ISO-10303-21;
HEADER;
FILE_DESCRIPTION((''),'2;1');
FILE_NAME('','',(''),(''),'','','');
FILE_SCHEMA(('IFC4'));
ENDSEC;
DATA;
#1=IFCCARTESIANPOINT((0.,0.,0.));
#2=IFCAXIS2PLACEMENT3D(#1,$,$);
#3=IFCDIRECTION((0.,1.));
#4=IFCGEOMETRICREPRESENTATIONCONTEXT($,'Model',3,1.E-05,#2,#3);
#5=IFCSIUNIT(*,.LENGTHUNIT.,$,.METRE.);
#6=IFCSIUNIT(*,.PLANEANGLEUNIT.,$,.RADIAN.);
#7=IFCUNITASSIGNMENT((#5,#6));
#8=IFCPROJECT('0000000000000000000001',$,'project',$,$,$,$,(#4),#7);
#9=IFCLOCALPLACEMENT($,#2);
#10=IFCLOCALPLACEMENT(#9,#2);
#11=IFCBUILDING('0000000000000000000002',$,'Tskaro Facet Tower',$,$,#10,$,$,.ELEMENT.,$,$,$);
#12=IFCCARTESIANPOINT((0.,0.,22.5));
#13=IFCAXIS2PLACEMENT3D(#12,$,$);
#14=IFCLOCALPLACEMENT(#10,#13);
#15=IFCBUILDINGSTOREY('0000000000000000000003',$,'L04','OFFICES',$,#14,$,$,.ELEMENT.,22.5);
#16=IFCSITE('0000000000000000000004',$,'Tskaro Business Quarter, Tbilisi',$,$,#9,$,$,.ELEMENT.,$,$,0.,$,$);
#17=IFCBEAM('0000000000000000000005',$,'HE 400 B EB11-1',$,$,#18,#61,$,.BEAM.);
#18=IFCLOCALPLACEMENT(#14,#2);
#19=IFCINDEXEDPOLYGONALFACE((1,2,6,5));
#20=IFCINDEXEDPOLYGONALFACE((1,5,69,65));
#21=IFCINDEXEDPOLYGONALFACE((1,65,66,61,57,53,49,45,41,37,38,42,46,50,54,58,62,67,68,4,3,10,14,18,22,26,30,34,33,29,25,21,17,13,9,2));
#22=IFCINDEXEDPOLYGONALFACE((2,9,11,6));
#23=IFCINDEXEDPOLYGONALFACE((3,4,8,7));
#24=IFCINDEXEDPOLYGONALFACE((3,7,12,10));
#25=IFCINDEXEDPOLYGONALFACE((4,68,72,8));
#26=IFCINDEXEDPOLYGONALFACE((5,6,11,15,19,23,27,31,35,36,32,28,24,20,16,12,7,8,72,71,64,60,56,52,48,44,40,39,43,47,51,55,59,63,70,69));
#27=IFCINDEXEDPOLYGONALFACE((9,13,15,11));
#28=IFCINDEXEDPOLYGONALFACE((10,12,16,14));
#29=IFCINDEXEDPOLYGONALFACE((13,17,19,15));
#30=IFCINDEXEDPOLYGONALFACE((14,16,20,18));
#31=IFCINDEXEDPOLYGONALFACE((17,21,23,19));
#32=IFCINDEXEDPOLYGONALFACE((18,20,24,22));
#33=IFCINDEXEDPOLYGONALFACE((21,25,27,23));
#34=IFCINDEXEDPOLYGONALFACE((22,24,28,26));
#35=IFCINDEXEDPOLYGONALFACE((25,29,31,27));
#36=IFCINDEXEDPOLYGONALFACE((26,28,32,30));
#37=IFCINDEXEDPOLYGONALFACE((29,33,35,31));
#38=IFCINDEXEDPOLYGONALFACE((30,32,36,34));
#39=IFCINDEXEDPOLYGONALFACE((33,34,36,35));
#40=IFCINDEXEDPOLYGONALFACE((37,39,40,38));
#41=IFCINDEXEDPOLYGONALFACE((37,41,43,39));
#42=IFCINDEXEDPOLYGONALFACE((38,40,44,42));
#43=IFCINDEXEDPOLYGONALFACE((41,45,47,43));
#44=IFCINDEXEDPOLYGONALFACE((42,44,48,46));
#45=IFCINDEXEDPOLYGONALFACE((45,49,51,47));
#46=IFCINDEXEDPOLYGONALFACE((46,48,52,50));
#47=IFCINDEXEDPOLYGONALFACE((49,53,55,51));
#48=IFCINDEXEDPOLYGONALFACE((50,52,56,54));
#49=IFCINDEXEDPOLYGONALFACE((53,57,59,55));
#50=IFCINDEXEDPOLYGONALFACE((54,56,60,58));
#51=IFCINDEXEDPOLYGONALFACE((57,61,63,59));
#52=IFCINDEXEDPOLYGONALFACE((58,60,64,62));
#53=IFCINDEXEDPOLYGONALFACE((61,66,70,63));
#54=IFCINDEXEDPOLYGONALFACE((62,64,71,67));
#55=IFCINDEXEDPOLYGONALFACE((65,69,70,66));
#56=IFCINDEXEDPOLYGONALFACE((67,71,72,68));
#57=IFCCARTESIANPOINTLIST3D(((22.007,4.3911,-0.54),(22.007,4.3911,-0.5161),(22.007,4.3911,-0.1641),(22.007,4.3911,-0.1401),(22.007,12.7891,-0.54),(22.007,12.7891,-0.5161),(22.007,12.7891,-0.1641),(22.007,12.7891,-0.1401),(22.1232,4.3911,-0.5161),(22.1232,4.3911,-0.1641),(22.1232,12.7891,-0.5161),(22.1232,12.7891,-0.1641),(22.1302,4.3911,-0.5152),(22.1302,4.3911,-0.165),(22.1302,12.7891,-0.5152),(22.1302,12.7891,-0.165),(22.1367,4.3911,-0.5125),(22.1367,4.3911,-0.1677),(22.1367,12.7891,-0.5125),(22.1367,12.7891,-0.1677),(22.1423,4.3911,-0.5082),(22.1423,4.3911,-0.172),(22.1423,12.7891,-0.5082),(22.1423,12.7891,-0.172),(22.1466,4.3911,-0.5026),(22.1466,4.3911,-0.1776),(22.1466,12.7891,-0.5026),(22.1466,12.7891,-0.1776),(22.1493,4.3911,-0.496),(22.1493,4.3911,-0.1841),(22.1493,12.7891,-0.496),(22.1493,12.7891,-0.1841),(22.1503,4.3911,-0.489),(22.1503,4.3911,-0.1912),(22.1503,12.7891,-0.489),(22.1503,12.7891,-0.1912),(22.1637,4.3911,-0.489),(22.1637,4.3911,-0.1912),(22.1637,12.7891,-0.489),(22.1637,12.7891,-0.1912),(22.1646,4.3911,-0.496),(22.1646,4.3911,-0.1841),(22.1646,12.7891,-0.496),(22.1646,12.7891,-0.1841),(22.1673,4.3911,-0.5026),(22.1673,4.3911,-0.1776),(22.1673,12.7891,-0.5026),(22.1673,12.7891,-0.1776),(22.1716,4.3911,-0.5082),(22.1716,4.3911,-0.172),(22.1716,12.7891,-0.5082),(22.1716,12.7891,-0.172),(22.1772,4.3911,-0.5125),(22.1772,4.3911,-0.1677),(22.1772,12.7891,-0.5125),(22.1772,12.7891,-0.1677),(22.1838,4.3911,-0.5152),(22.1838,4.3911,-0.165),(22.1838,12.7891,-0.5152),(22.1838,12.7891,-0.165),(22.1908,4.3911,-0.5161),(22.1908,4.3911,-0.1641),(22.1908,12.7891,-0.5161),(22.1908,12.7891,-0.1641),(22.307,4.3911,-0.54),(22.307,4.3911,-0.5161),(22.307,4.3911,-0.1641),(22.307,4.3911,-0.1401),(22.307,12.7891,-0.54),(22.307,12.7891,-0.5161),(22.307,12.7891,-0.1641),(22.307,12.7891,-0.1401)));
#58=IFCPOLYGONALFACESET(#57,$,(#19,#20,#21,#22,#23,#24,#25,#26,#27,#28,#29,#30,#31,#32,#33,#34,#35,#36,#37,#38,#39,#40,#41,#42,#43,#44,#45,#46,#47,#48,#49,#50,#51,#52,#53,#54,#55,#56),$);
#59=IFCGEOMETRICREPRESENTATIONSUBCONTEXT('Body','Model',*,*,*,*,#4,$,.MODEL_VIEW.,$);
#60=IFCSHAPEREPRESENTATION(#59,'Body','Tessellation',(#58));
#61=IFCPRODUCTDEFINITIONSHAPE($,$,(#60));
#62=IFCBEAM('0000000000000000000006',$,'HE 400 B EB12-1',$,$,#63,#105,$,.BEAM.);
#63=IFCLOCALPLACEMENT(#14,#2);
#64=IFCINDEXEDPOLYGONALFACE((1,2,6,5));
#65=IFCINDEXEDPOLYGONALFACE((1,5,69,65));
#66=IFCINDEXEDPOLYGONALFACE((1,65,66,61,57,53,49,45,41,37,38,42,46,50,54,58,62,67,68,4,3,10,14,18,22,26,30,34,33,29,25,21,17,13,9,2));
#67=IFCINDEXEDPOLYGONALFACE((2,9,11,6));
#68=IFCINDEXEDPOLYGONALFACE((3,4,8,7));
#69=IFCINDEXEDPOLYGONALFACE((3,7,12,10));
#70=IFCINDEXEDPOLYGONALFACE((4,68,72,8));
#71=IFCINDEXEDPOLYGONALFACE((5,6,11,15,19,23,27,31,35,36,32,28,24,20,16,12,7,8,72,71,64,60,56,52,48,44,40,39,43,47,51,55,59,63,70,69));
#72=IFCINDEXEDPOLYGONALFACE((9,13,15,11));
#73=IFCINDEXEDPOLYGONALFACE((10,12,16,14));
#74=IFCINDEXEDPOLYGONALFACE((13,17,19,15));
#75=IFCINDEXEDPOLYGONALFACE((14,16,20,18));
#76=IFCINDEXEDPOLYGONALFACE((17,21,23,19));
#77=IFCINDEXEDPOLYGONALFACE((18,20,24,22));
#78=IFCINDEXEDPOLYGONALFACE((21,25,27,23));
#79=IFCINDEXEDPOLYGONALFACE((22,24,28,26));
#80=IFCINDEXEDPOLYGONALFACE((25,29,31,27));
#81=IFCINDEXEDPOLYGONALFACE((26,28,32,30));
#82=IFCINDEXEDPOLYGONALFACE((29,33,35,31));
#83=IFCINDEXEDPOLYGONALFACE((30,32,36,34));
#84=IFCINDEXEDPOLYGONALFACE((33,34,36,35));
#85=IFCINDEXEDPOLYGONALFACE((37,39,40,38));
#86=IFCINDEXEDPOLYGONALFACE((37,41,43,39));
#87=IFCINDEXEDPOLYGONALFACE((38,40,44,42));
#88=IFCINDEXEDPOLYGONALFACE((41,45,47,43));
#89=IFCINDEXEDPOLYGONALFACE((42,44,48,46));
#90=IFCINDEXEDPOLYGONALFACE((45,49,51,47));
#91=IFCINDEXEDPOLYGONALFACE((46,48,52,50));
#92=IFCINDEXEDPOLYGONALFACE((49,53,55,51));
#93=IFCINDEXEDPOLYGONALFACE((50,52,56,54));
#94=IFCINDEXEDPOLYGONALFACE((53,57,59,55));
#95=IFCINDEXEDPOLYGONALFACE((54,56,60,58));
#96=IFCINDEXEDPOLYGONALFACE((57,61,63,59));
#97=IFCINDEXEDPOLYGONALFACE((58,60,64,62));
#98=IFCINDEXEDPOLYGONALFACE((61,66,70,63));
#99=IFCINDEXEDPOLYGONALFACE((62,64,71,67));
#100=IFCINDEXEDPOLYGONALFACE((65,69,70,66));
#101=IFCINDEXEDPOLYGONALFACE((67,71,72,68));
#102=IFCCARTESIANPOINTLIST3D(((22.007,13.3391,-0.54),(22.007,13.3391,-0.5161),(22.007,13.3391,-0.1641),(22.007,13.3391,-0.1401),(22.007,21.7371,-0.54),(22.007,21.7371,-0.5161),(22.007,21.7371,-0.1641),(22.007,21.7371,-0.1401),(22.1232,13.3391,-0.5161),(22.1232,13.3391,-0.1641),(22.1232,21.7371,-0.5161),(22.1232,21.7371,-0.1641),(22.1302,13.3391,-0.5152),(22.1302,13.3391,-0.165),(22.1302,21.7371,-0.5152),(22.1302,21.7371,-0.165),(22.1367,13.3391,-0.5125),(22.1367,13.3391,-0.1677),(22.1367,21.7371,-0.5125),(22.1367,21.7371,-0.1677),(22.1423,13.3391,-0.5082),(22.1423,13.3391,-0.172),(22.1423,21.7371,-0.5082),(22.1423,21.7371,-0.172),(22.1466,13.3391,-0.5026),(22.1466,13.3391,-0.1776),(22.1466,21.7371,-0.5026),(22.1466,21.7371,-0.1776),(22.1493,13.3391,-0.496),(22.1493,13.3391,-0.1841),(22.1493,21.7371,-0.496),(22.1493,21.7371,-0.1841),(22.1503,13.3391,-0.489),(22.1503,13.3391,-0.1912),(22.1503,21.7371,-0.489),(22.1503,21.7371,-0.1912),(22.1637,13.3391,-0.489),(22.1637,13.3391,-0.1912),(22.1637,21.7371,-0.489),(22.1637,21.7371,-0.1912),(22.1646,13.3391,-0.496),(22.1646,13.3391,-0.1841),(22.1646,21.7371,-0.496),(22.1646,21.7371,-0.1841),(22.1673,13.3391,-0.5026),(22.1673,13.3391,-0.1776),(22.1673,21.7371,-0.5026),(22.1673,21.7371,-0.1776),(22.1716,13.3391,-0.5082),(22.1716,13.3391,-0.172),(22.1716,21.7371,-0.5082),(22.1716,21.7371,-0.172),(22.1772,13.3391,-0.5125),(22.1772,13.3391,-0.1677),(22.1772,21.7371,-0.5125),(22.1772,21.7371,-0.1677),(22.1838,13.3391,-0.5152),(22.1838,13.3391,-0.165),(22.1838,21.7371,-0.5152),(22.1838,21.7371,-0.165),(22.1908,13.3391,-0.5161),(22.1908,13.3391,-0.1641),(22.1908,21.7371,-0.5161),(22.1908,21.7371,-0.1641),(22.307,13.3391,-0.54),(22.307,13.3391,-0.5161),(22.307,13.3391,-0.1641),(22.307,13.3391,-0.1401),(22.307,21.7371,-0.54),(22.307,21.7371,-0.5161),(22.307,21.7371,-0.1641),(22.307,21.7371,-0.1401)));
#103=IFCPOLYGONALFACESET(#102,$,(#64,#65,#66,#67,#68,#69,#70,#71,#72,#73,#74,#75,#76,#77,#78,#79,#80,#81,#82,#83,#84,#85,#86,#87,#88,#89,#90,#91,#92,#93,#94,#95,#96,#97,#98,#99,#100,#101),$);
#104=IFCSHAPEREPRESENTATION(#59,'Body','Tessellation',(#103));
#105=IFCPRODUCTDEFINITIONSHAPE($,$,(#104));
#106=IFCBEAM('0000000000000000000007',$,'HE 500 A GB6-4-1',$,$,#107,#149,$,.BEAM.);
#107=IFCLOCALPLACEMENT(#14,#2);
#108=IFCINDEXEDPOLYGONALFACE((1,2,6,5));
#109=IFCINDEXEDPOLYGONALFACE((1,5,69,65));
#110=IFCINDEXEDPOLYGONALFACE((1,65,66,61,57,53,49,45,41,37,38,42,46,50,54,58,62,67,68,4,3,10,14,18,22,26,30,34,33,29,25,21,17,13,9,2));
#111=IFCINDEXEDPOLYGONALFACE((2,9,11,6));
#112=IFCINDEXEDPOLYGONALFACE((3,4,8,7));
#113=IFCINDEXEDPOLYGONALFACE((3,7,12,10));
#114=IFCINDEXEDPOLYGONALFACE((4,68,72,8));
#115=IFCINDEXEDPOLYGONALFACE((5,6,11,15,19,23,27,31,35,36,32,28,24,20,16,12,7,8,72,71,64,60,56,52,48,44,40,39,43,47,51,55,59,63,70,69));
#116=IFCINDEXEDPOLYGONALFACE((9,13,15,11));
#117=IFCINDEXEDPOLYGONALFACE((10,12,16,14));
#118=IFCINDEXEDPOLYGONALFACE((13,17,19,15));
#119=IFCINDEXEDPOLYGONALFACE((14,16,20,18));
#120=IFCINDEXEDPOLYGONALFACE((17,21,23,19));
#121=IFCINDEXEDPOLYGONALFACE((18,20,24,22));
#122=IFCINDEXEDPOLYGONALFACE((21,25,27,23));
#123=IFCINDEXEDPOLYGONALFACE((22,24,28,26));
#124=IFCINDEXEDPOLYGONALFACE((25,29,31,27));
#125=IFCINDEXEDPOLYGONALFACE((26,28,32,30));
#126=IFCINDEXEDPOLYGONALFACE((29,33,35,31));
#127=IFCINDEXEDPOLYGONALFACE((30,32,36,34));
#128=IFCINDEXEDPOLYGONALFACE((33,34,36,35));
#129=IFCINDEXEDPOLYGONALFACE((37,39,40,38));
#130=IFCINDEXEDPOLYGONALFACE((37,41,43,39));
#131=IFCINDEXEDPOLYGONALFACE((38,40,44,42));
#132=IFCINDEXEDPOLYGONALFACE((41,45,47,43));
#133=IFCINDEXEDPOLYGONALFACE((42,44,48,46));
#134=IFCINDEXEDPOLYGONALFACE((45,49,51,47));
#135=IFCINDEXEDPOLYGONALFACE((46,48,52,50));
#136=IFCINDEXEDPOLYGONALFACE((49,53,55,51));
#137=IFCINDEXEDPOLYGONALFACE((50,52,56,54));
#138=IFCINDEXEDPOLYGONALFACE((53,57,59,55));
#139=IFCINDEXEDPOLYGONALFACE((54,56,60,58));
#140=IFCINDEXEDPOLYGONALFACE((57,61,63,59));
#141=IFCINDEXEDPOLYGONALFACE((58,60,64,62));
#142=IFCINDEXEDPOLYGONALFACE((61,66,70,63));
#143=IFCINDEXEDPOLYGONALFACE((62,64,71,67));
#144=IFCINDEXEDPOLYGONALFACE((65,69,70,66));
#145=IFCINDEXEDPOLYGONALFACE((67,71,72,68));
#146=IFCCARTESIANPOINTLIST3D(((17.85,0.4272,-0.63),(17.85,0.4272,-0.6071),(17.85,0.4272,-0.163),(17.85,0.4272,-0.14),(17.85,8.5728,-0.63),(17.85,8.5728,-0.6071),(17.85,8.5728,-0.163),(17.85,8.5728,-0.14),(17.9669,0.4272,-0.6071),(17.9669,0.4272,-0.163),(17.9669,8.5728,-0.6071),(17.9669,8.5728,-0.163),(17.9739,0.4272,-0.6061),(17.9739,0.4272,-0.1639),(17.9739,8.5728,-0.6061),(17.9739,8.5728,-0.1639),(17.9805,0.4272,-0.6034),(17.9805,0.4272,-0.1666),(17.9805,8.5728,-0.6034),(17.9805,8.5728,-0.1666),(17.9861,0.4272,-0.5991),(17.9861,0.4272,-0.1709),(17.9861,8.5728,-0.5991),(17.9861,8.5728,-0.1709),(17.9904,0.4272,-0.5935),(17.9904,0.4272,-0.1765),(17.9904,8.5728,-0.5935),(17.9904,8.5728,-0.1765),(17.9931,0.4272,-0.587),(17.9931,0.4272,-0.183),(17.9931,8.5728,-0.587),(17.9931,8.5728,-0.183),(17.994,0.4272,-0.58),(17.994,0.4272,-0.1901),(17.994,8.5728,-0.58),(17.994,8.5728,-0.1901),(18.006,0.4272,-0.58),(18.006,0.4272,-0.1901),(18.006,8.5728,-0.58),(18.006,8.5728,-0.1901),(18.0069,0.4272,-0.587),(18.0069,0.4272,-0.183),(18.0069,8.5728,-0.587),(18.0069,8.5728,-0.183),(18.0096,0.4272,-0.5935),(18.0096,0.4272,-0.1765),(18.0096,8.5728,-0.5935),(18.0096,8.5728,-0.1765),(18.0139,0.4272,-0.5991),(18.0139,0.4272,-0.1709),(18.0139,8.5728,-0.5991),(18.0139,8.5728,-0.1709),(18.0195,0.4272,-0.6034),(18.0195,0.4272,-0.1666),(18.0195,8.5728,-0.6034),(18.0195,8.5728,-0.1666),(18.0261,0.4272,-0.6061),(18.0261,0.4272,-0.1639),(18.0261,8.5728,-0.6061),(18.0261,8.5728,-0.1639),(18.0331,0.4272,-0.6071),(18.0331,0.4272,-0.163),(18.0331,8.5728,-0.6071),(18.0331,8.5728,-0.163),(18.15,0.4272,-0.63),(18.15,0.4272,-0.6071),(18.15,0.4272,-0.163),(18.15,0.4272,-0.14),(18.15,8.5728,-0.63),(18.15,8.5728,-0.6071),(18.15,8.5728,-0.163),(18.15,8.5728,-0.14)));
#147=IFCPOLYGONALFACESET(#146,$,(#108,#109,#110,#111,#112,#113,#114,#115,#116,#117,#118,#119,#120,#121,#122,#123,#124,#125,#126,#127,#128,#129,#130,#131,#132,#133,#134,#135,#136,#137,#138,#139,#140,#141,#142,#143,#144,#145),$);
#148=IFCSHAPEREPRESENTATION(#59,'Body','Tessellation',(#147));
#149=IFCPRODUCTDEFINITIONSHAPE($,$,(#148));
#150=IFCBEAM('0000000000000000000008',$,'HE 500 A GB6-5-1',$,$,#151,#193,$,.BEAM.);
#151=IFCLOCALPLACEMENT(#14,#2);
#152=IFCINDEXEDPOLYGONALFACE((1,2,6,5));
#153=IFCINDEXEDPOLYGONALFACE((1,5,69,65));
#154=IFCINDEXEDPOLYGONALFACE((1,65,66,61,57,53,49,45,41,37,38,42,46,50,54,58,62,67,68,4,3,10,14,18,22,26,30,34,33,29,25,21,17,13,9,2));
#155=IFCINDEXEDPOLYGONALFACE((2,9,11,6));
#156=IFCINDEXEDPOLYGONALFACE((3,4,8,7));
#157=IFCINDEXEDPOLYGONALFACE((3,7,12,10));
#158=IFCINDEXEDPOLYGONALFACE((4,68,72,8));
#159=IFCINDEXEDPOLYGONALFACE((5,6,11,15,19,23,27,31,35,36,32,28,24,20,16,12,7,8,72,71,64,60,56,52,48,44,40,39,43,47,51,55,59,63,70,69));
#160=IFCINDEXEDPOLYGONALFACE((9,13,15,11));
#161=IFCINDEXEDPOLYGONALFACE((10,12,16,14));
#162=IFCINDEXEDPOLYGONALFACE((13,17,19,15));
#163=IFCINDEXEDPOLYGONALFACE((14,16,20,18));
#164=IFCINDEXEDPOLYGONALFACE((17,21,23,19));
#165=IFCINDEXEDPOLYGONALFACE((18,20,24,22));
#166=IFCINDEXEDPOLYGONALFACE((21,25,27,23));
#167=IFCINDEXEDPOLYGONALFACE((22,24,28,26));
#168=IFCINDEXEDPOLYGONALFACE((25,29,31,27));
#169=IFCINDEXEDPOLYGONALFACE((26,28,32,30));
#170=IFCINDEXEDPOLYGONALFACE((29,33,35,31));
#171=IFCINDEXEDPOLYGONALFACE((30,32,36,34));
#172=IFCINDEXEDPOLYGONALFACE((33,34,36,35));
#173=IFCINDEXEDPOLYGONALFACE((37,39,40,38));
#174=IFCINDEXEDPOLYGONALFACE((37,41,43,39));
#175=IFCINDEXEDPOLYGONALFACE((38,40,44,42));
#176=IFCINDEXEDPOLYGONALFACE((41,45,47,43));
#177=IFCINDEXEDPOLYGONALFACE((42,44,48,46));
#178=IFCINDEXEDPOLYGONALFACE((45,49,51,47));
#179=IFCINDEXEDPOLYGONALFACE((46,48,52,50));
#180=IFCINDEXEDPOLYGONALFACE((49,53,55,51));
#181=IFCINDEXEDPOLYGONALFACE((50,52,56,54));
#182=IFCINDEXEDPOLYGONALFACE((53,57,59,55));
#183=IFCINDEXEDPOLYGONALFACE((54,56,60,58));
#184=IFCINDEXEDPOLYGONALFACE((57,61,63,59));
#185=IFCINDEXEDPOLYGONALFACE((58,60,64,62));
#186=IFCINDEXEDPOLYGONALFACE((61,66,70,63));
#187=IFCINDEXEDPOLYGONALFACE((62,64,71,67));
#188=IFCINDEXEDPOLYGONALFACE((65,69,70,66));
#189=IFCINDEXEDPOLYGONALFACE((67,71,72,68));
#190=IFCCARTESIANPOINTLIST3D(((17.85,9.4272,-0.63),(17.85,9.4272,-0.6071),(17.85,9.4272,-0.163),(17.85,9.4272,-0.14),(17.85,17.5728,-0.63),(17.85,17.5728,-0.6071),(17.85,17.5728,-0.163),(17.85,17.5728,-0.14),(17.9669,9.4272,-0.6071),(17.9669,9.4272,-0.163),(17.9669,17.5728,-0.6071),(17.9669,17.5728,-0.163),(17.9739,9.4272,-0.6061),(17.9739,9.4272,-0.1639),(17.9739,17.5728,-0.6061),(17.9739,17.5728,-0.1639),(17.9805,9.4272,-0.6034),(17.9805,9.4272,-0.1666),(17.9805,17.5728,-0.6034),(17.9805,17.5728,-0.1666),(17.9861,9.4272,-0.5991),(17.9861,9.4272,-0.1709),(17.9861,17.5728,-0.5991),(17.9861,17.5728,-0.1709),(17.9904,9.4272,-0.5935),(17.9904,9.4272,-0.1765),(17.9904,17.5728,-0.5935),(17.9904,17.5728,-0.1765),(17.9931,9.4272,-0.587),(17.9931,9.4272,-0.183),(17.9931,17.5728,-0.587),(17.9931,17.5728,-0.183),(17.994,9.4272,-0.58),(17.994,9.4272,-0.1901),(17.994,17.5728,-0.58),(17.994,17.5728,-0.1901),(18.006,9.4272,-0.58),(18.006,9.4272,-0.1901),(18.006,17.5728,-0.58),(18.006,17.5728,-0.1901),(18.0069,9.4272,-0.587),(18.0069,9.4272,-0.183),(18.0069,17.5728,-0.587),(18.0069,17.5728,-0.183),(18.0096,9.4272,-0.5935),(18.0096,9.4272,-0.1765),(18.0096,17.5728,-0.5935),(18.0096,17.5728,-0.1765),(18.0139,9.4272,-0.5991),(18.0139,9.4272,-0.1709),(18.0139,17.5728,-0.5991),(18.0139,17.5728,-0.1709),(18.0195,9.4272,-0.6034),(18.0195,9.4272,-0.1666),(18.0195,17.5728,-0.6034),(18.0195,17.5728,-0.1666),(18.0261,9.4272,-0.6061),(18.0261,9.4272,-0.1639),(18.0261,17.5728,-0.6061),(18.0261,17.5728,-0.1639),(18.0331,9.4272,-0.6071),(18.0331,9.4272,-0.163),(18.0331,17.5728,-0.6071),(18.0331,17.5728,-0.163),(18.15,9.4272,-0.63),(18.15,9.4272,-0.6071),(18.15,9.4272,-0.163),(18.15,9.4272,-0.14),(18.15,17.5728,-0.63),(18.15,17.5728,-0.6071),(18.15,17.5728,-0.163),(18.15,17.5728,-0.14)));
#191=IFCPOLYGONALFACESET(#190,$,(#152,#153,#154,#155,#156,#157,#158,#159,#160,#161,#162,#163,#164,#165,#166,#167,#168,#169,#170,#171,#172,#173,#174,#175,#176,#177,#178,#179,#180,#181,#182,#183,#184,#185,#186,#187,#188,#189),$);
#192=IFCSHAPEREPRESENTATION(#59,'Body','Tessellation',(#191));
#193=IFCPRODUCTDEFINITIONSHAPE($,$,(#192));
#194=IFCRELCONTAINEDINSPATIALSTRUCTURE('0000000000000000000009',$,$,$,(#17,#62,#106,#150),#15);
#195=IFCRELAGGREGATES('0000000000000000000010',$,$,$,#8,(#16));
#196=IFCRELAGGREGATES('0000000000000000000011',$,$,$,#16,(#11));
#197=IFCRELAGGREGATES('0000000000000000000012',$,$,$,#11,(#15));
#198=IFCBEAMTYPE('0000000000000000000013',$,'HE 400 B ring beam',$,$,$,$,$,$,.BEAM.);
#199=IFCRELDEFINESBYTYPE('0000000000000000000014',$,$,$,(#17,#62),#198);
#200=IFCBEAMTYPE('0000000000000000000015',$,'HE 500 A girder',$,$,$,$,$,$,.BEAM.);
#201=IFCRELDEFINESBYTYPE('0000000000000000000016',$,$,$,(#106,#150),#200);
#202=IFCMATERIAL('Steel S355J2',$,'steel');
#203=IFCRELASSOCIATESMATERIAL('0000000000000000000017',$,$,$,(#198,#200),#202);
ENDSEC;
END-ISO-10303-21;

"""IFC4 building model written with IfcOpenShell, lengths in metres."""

from ifc_helpers import new_model, si_unit, direction, frame, origin, origin_2d, place, context, subcontext, project, spatial, i_section, extrude, material, material_profile, profile_set, type_object, element, save


model = new_model("IFC4")

# Units and contexts
model_context = context("Model", 3, precision=1e-05, world=origin(), true_north=direction((0.0, 1.0)))
body_context = subcontext(model_context, "Body", "Model", "MODEL_VIEW")
ifc_project = project(units=[si_unit("LENGTHUNIT", "METRE"), si_unit("PLANEANGLEUNIT", "RADIAN")], contexts=[model_context])

# Site, building, storey
site_placement = place(None, origin())
site = spatial("IfcSite", under=ifc_project, at=site_placement, Name="Tskaro Business Quarter, Tbilisi", CompositionType="ELEMENT", RefElevation=0.0)
building_placement = place(site_placement, origin())
building = spatial("IfcBuilding", under=site, at=building_placement, Name="Tskaro Facet Tower", CompositionType="ELEMENT")
storey_placement = place(building_placement, frame((0.0, 0.0, 22.5)))
storey = spatial("IfcBuildingStorey", under=building, at=storey_placement, Name="L04", Description="OFFICES", CompositionType="ELEMENT", Elevation=22.5)

# Beams
ifc_material_1 = material(Name="Steel S355J2", Category="steel")
ifc_material_profile_1 = material_profile(ifc_material_1, i_section(OverallWidth=0.3, OverallDepth=0.3999, WebThickness=0.0134, FlangeThickness=0.0239, FilletRadius=0.0271, at=origin_2d()), Name="HE 400 B")
ifc_profile_set_1 = profile_set([ifc_material_profile_1], Name="Steel S355J2")
beam_type_1 = type_object("IfcBeamType", Name="HE 400 B ring beam", PredefinedType="BEAM", material=ifc_profile_set_1)
for number, where, z_axis, x_axis, name in (
    (1, (22.157, 4.3911, -0.3401), (0.0, 1.0, 0.0), (-1.0, 0.0, 0.0), "HE 400 B EB11-1"),
    (2, (22.157, 13.3391, -0.3401), (0.0, 1.0, 0.0), (-1.0, 0.0, 0.0), "HE 400 B EB12-1"),
):
    element("IfcBeam", number, at=place(storey_placement, frame(where, z_axis=z_axis, x_axis=x_axis)), inside=storey, type_object=beam_type_1, Name=name, PredefinedType="BEAM", context=body_context, shape_type="SweptSolid", body=[
        extrude(i_section(OverallWidth=0.3, OverallDepth=0.3999, WebThickness=0.0134, FlangeThickness=0.0239, FilletRadius=0.0271, at=origin_2d()), origin(), (0.0, 0.0, 1.0), 8.3979),
    ])
ifc_material_profile_2 = material_profile(ifc_material_1, i_section(OverallWidth=0.3, OverallDepth=0.49, WebThickness=0.012, FlangeThickness=0.0229, FilletRadius=0.0271, at=origin_2d()), Name="HE 500 A")
ifc_profile_set_2 = profile_set([ifc_material_profile_2], Name="Steel S355J2")
beam_type_2 = type_object("IfcBeamType", Name="HE 500 A girder", PredefinedType="BEAM", material=ifc_profile_set_2)
for number, where, z_axis, x_axis, name in (
    (3, (18.0, 0.4272, -0.385), (0.0, 1.0, 0.0), (-1.0, 0.0, 0.0), "HE 500 A GB6-4-1"),
    (4, (18.0, 9.4272, -0.385), (0.0, 1.0, 0.0), (-1.0, 0.0, 0.0), "HE 500 A GB6-5-1"),
):
    element("IfcBeam", number, at=place(storey_placement, frame(where, z_axis=z_axis, x_axis=x_axis)), inside=storey, type_object=beam_type_2, Name=name, PredefinedType="BEAM", context=body_context, shape_type="SweptSolid", body=[
        extrude(i_section(OverallWidth=0.3, OverallDepth=0.49, WebThickness=0.012, FlangeThickness=0.0229, FilletRadius=0.0271, at=origin_2d()), origin(), (0.0, 0.0, 1.0), 8.1455),
    ])

save(model, "model.ifc")
